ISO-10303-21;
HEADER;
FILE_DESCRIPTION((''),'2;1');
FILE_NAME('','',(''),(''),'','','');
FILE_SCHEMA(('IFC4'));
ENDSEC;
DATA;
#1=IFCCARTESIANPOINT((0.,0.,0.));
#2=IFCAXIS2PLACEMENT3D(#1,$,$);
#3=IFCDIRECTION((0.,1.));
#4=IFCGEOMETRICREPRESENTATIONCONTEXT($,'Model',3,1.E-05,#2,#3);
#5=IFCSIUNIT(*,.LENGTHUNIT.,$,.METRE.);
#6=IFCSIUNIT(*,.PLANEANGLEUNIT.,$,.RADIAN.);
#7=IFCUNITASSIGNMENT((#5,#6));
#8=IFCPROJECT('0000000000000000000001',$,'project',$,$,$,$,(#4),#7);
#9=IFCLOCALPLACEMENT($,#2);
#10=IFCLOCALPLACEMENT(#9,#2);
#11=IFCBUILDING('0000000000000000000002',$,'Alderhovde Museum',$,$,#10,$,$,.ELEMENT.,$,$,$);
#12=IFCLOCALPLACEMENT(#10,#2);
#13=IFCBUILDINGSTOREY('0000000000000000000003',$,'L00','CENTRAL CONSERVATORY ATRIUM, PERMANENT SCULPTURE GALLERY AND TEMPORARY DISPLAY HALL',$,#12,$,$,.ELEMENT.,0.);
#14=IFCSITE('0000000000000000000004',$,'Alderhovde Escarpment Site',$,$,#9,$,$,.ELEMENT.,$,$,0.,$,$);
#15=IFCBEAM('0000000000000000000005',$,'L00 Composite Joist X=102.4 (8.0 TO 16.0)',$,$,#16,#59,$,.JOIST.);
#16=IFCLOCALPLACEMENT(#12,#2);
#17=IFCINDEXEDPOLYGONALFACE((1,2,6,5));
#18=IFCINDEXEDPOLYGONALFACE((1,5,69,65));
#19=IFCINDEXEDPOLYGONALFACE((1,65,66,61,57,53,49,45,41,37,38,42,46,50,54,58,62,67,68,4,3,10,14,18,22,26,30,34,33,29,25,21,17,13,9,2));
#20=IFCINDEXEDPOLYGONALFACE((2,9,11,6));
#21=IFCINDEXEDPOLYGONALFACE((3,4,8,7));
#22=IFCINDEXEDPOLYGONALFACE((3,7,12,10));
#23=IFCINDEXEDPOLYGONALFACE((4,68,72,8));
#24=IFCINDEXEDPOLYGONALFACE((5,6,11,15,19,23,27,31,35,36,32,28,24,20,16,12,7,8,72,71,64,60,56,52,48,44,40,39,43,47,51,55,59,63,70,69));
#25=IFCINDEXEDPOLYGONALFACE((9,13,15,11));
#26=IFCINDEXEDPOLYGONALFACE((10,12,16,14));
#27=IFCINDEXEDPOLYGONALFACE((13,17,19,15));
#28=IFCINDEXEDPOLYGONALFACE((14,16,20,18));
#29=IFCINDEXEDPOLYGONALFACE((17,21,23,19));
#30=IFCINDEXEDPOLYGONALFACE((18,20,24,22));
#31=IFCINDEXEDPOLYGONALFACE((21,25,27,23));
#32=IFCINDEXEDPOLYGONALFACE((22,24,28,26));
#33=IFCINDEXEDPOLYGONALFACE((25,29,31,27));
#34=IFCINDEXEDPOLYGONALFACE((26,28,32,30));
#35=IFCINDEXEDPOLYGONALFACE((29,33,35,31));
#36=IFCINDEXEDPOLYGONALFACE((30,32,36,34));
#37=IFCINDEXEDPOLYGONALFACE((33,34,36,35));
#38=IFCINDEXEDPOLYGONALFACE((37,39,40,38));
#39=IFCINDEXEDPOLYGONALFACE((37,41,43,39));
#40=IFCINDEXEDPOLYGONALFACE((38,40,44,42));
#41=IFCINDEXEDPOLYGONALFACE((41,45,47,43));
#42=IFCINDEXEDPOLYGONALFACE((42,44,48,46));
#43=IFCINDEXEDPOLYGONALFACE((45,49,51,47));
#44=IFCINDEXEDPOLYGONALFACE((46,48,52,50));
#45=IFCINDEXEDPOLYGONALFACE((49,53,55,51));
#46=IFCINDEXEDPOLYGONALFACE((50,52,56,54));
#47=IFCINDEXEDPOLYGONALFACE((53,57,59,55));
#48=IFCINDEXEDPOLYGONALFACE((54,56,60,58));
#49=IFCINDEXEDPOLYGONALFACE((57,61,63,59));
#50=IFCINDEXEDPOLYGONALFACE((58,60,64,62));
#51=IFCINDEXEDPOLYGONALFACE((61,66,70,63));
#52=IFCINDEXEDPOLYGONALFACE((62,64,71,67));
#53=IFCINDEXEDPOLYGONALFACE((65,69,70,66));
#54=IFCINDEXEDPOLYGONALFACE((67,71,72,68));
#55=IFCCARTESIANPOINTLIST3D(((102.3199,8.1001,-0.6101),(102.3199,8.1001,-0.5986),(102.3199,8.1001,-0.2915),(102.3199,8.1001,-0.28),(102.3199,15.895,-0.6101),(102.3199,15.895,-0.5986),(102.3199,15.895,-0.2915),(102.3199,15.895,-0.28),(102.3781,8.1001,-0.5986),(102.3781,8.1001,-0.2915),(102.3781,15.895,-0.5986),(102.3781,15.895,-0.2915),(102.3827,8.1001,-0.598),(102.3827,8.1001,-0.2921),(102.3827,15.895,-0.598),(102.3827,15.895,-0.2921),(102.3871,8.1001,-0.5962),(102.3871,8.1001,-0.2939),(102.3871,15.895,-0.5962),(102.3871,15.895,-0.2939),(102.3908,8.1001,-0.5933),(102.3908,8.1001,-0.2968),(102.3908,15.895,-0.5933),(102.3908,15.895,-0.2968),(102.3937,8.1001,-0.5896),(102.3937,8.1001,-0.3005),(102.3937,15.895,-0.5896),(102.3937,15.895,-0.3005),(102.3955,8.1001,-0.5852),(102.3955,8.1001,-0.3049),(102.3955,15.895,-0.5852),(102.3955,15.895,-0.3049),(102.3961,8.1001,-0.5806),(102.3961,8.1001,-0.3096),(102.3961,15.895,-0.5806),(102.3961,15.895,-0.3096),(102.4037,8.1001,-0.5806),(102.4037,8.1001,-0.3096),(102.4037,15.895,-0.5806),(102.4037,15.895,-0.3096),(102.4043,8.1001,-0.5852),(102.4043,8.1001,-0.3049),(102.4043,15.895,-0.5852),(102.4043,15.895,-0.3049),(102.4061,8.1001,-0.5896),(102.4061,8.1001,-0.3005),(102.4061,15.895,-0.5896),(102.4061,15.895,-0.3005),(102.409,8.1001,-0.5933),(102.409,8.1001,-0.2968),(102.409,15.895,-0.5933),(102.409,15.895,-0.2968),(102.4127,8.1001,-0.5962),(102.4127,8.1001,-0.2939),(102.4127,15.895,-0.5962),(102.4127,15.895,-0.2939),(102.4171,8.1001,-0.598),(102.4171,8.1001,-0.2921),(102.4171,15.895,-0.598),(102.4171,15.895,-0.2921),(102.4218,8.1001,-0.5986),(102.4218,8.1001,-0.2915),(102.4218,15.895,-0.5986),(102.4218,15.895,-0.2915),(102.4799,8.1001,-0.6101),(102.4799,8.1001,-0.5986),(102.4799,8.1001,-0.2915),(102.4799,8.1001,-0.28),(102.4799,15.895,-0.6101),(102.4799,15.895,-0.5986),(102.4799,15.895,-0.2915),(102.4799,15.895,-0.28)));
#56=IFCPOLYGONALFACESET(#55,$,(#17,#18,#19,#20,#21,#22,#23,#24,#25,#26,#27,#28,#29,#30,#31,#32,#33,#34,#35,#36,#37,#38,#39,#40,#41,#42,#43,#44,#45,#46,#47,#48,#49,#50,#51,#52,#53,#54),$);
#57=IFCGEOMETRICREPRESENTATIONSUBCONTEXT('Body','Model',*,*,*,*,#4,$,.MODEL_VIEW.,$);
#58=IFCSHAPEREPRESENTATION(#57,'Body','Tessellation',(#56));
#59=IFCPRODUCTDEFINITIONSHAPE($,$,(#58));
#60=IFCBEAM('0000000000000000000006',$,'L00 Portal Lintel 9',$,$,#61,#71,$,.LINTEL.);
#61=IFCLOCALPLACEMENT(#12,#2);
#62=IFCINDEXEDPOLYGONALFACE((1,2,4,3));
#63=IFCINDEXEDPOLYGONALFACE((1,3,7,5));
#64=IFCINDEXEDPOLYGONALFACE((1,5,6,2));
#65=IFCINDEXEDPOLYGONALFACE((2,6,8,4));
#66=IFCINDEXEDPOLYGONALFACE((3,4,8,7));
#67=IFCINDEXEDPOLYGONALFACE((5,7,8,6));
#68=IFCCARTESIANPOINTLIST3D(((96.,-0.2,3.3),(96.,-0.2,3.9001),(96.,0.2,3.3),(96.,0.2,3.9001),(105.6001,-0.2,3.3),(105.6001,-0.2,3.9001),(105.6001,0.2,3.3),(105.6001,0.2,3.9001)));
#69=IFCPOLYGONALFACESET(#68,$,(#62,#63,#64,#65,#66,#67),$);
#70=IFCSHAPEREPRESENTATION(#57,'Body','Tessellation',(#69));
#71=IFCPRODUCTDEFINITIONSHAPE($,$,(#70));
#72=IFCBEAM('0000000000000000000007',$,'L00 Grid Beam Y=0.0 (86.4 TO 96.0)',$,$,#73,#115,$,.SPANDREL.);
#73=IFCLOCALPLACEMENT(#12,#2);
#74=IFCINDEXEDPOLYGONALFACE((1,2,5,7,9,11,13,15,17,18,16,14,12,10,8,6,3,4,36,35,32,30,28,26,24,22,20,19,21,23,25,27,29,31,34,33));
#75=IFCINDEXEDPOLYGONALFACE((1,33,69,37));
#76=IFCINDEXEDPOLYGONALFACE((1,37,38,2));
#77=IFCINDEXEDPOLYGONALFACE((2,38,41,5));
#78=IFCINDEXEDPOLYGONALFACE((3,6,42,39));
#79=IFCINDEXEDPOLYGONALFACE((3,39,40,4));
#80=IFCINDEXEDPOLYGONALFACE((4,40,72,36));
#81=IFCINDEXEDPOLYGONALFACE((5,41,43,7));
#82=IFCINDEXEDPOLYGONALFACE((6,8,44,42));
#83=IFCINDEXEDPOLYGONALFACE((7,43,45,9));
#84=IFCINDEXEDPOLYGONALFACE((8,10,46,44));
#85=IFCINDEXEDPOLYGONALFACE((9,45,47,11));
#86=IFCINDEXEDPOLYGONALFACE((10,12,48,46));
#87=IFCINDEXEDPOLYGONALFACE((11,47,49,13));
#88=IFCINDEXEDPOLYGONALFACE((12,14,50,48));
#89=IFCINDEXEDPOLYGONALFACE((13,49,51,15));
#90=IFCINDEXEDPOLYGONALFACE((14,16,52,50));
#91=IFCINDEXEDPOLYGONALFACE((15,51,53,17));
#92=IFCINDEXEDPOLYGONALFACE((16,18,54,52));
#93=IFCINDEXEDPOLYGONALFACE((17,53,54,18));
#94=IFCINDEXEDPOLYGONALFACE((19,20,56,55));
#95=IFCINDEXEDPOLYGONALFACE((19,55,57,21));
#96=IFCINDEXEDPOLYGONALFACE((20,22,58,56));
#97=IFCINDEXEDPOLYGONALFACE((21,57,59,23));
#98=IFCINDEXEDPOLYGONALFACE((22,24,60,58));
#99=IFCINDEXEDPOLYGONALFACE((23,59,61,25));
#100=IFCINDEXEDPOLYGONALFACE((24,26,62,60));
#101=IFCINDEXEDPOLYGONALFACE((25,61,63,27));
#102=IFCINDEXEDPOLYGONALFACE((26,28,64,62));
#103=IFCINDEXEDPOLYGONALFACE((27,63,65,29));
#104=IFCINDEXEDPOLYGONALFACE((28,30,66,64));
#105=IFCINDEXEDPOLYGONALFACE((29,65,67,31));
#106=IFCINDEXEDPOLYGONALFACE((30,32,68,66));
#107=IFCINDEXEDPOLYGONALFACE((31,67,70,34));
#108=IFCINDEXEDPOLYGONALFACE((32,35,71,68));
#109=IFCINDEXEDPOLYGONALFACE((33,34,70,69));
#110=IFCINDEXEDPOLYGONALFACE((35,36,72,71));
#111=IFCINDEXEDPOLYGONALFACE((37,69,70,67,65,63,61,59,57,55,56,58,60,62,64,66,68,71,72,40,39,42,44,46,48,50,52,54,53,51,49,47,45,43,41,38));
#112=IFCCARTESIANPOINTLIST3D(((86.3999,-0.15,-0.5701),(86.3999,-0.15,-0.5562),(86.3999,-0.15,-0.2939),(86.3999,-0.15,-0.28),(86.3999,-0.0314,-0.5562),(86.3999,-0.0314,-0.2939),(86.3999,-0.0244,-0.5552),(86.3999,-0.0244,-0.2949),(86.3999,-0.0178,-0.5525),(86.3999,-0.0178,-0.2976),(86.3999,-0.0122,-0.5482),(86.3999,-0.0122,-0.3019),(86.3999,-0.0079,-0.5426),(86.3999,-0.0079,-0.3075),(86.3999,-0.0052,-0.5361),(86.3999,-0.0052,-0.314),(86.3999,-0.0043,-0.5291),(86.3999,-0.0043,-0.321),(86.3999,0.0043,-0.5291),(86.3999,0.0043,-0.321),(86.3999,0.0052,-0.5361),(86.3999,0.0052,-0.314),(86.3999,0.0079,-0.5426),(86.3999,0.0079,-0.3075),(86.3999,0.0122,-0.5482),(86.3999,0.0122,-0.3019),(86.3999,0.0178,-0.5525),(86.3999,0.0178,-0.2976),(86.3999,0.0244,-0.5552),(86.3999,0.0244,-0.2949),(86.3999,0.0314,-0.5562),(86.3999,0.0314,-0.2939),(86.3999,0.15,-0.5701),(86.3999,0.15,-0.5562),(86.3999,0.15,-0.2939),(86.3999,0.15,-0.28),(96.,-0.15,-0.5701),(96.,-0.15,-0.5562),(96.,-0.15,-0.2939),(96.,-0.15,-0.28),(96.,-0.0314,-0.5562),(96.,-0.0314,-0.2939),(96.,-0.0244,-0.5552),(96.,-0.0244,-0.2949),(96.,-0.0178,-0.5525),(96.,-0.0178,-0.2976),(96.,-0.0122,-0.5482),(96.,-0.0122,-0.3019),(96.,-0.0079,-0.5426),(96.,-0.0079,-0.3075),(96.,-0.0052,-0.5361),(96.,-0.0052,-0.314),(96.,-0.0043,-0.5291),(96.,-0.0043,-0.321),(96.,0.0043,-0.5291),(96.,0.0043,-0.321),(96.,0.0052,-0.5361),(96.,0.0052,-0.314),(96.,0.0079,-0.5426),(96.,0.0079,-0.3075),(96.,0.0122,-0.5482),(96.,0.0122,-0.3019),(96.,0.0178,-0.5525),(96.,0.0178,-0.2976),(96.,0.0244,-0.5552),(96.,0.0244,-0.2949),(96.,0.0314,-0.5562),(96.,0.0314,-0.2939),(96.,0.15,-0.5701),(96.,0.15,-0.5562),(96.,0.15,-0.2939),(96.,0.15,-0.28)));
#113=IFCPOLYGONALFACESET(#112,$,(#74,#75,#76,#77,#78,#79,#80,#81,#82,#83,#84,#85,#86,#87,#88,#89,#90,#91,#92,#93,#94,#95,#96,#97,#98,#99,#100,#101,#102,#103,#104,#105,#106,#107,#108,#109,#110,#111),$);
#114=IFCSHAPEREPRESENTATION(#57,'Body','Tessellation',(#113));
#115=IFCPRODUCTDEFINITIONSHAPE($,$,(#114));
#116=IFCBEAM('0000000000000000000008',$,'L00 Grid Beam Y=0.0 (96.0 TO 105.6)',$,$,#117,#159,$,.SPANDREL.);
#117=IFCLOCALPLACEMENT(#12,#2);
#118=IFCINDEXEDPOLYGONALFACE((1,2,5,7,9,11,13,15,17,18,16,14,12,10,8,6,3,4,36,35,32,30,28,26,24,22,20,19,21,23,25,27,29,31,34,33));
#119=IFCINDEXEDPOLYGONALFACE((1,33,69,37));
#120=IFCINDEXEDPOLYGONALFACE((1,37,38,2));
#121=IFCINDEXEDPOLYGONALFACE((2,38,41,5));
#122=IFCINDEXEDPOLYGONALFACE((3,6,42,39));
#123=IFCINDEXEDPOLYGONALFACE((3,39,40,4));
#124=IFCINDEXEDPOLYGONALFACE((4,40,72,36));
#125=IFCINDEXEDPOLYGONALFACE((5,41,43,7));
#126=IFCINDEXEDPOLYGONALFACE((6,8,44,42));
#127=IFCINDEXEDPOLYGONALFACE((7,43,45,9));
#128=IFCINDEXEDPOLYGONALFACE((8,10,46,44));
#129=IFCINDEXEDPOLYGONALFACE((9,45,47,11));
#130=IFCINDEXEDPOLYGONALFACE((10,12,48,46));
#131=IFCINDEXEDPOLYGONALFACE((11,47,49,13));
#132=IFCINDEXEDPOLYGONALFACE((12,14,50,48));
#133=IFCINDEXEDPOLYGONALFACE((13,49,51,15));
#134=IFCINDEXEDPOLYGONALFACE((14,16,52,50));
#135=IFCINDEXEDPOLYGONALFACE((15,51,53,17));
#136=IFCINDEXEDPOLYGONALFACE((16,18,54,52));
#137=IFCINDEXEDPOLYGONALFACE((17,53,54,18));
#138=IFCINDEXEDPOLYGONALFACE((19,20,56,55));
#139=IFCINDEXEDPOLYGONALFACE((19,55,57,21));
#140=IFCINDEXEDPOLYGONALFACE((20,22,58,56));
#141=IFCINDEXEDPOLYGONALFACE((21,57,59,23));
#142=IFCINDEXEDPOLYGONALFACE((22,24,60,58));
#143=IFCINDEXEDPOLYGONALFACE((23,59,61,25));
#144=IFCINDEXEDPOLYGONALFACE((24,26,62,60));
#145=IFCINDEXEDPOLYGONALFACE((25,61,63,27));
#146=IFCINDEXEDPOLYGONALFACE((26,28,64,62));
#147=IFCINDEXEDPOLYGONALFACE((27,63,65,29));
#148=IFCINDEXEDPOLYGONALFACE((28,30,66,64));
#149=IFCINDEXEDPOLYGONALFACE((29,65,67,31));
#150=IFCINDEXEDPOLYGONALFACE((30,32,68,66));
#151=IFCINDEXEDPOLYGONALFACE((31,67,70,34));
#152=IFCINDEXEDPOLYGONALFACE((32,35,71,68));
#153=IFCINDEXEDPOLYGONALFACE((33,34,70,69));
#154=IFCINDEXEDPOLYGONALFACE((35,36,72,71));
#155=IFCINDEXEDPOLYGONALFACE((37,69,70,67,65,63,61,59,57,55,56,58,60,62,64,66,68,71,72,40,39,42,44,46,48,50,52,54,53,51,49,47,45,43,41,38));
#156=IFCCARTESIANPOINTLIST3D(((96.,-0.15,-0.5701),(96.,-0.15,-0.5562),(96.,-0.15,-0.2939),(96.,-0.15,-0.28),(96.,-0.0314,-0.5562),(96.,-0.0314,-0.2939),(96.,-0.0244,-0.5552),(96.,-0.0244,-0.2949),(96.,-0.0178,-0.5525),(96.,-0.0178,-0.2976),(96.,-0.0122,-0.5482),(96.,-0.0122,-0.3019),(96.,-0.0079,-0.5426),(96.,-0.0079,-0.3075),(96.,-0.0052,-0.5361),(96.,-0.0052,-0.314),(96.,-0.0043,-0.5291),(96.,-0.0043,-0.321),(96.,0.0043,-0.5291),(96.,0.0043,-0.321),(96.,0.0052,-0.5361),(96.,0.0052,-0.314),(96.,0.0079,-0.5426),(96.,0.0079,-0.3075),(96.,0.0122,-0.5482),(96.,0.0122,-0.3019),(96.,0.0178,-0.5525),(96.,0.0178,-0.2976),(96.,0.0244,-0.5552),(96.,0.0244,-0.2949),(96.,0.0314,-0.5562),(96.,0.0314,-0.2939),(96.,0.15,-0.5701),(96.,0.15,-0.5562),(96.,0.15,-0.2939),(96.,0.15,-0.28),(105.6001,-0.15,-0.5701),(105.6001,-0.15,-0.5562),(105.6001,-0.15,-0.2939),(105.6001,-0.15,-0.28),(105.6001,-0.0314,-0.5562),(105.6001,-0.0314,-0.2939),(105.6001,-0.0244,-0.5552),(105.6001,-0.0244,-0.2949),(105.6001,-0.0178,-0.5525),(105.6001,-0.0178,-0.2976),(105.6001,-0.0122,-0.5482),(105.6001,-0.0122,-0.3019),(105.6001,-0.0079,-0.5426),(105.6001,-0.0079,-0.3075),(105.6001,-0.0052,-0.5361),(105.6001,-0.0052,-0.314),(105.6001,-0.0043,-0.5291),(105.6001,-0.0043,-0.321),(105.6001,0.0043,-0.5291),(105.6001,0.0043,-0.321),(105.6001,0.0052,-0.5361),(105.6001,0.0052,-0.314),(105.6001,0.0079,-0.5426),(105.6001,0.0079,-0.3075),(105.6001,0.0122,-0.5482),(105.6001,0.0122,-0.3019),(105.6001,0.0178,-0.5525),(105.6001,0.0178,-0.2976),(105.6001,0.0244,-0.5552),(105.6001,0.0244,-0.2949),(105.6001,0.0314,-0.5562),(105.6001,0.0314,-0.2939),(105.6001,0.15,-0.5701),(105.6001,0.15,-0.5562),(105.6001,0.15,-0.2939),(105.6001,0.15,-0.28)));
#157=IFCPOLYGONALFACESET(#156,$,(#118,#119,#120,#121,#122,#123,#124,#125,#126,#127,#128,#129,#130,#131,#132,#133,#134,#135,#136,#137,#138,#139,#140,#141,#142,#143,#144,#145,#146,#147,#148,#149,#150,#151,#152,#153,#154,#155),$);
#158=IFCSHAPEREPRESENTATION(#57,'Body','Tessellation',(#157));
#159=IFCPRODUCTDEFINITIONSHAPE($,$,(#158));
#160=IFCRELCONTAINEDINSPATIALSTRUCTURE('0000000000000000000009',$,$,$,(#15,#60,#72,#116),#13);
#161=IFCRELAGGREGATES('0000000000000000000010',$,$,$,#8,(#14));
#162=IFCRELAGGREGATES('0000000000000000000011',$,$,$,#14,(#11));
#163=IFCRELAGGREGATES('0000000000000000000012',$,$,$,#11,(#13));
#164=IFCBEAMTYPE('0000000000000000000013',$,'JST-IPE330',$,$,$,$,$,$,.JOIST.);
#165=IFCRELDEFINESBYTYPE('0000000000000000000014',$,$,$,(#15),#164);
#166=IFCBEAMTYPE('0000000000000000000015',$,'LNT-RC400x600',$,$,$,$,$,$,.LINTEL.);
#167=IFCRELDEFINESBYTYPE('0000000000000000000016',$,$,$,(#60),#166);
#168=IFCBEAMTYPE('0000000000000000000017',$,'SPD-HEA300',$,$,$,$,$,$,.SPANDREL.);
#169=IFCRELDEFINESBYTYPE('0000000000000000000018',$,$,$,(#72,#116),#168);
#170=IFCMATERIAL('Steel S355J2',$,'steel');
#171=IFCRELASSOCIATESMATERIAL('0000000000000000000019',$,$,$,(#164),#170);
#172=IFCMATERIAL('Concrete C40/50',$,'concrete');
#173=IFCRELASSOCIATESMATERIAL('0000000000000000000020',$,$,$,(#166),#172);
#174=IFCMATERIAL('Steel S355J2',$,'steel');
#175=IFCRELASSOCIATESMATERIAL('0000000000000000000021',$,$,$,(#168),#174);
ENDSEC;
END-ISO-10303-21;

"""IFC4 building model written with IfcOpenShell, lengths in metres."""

from ifc_helpers import new_model, si_unit, direction, frame, origin, origin_2d, place, context, subcontext, project, spatial, rectangle, i_section, extrude, material, material_profile, profile_set, type_object, element, save


model = new_model("IFC4")

# Units and contexts
model_context = context("Model", 3, precision=1e-05, world=origin(), true_north=direction((0.0, 1.0)))
body_context = subcontext(model_context, "Body", "Model", "MODEL_VIEW")
ifc_project = project(units=[si_unit("LENGTHUNIT", "METRE"), si_unit("PLANEANGLEUNIT", "RADIAN")], contexts=[model_context])

# Site, building, storey
site_placement = place(None, origin())
site = spatial("IfcSite", under=ifc_project, at=site_placement, Name="Alderhovde Escarpment Site", CompositionType="ELEMENT", RefElevation=0.0)
building_placement = place(site_placement, origin())
building = spatial("IfcBuilding", under=site, at=building_placement, Name="Alderhovde Museum", CompositionType="ELEMENT")
storey_placement = place(building_placement, origin())
storey = spatial("IfcBuildingStorey", under=building, at=storey_placement, Name="L00", Description="CENTRAL CONSERVATORY ATRIUM, PERMANENT SCULPTURE GALLERY AND TEMPORARY DISPLAY HALL", CompositionType="ELEMENT", Elevation=0.0)

# Beams
ifc_material_1 = material(Name="Steel S355J2", Category="steel")
ifc_material_profile_1 = material_profile(ifc_material_1, i_section(OverallWidth=0.1599, OverallDepth=0.3301, WebThickness=0.0076, FlangeThickness=0.0115, FilletRadius=0.0181, at=origin_2d()), Name="IPE 330")
ifc_profile_set_1 = profile_set([ifc_material_profile_1], Name="Steel S355J2")
beam_type_1 = type_object("IfcBeamType", Name="JST-IPE330", PredefinedType="JOIST", material=ifc_profile_set_1)
for number, where, z_axis, x_axis, name in (
    (1, (102.3999, 8.1001, -0.4451), (0.0, 1.0, 0.0), (-1.0, 0.0, 0.0), "L00 Composite Joist X=102.4 (8.0 TO 16.0)"),
):
    element("IfcBeam", number, at=place(storey_placement, frame(where, z_axis=z_axis, x_axis=x_axis)), inside=storey, type_object=beam_type_1, Name=name, PredefinedType="JOIST", context=body_context, shape_type="SweptSolid", body=[
        extrude(i_section(OverallWidth=0.1599, OverallDepth=0.3301, WebThickness=0.0076, FlangeThickness=0.0115, FilletRadius=0.0181, at=origin_2d()), origin(), (0.0, 0.0, 1.0), 7.7949),
    ])
ifc_material_2 = material(Name="Concrete C40/50", Category="concrete")
ifc_material_profile_2 = material_profile(ifc_material_2, rectangle(XDim=0.3999, YDim=0.6001, at=origin_2d()), Name="RC 400x600")
ifc_profile_set_2 = profile_set([ifc_material_profile_2], Name="Concrete C40/50")
beam_type_2 = type_object("IfcBeamType", Name="LNT-RC400x600", PredefinedType="LINTEL", material=ifc_profile_set_2)
beam_1_placement = place(storey_placement, frame((96.0, 0.0, 3.6001), z_axis=(1.0, 0.0, 0.0), x_axis=(0.0, 1.0, 0.0)))
element("IfcBeam", 2, at=beam_1_placement, inside=storey, type_object=beam_type_2, Name="L00 Portal Lintel 9", PredefinedType="LINTEL", context=body_context, shape_type="SweptSolid", body=[
    extrude(rectangle(XDim=0.3999, YDim=0.6001, at=origin_2d()), origin(), (0.0, 0.0, 1.0), 9.6001),
])
ifc_material_3 = material(Name="Steel S355J2", Category="steel")
ifc_material_profile_3 = material_profile(ifc_material_3, i_section(OverallWidth=0.3, OverallDepth=0.29, WebThickness=0.0085, FlangeThickness=0.0139, FilletRadius=0.0271, at=origin_2d()), Name="HEA 300")
ifc_profile_set_3 = profile_set([ifc_material_profile_3], Name="Steel S355J2")
beam_type_3 = type_object("IfcBeamType", Name="SPD-HEA300", PredefinedType="SPANDREL", material=ifc_profile_set_3)
for number, where, z_axis, x_axis, name in (
    (3, (86.3999, 0.0, -0.425), (1.0, 0.0, 0.0), (0.0, 1.0, 0.0), "L00 Grid Beam Y=0.0 (86.4 TO 96.0)"),
    (4, (96.0, 0.0, -0.425), (1.0, 0.0, 0.0), (0.0, 1.0, 0.0), "L00 Grid Beam Y=0.0 (96.0 TO 105.6)"),
):
    element("IfcBeam", number, at=place(storey_placement, frame(where, z_axis=z_axis, x_axis=x_axis)), inside=storey, type_object=beam_type_3, Name=name, PredefinedType="SPANDREL", context=body_context, shape_type="SweptSolid", body=[
        extrude(i_section(OverallWidth=0.3, OverallDepth=0.29, WebThickness=0.0085, FlangeThickness=0.0139, FilletRadius=0.0271, at=origin_2d()), origin(), (0.0, 0.0, 1.0), 9.6001),
    ])

save(model, "model.ifc")
